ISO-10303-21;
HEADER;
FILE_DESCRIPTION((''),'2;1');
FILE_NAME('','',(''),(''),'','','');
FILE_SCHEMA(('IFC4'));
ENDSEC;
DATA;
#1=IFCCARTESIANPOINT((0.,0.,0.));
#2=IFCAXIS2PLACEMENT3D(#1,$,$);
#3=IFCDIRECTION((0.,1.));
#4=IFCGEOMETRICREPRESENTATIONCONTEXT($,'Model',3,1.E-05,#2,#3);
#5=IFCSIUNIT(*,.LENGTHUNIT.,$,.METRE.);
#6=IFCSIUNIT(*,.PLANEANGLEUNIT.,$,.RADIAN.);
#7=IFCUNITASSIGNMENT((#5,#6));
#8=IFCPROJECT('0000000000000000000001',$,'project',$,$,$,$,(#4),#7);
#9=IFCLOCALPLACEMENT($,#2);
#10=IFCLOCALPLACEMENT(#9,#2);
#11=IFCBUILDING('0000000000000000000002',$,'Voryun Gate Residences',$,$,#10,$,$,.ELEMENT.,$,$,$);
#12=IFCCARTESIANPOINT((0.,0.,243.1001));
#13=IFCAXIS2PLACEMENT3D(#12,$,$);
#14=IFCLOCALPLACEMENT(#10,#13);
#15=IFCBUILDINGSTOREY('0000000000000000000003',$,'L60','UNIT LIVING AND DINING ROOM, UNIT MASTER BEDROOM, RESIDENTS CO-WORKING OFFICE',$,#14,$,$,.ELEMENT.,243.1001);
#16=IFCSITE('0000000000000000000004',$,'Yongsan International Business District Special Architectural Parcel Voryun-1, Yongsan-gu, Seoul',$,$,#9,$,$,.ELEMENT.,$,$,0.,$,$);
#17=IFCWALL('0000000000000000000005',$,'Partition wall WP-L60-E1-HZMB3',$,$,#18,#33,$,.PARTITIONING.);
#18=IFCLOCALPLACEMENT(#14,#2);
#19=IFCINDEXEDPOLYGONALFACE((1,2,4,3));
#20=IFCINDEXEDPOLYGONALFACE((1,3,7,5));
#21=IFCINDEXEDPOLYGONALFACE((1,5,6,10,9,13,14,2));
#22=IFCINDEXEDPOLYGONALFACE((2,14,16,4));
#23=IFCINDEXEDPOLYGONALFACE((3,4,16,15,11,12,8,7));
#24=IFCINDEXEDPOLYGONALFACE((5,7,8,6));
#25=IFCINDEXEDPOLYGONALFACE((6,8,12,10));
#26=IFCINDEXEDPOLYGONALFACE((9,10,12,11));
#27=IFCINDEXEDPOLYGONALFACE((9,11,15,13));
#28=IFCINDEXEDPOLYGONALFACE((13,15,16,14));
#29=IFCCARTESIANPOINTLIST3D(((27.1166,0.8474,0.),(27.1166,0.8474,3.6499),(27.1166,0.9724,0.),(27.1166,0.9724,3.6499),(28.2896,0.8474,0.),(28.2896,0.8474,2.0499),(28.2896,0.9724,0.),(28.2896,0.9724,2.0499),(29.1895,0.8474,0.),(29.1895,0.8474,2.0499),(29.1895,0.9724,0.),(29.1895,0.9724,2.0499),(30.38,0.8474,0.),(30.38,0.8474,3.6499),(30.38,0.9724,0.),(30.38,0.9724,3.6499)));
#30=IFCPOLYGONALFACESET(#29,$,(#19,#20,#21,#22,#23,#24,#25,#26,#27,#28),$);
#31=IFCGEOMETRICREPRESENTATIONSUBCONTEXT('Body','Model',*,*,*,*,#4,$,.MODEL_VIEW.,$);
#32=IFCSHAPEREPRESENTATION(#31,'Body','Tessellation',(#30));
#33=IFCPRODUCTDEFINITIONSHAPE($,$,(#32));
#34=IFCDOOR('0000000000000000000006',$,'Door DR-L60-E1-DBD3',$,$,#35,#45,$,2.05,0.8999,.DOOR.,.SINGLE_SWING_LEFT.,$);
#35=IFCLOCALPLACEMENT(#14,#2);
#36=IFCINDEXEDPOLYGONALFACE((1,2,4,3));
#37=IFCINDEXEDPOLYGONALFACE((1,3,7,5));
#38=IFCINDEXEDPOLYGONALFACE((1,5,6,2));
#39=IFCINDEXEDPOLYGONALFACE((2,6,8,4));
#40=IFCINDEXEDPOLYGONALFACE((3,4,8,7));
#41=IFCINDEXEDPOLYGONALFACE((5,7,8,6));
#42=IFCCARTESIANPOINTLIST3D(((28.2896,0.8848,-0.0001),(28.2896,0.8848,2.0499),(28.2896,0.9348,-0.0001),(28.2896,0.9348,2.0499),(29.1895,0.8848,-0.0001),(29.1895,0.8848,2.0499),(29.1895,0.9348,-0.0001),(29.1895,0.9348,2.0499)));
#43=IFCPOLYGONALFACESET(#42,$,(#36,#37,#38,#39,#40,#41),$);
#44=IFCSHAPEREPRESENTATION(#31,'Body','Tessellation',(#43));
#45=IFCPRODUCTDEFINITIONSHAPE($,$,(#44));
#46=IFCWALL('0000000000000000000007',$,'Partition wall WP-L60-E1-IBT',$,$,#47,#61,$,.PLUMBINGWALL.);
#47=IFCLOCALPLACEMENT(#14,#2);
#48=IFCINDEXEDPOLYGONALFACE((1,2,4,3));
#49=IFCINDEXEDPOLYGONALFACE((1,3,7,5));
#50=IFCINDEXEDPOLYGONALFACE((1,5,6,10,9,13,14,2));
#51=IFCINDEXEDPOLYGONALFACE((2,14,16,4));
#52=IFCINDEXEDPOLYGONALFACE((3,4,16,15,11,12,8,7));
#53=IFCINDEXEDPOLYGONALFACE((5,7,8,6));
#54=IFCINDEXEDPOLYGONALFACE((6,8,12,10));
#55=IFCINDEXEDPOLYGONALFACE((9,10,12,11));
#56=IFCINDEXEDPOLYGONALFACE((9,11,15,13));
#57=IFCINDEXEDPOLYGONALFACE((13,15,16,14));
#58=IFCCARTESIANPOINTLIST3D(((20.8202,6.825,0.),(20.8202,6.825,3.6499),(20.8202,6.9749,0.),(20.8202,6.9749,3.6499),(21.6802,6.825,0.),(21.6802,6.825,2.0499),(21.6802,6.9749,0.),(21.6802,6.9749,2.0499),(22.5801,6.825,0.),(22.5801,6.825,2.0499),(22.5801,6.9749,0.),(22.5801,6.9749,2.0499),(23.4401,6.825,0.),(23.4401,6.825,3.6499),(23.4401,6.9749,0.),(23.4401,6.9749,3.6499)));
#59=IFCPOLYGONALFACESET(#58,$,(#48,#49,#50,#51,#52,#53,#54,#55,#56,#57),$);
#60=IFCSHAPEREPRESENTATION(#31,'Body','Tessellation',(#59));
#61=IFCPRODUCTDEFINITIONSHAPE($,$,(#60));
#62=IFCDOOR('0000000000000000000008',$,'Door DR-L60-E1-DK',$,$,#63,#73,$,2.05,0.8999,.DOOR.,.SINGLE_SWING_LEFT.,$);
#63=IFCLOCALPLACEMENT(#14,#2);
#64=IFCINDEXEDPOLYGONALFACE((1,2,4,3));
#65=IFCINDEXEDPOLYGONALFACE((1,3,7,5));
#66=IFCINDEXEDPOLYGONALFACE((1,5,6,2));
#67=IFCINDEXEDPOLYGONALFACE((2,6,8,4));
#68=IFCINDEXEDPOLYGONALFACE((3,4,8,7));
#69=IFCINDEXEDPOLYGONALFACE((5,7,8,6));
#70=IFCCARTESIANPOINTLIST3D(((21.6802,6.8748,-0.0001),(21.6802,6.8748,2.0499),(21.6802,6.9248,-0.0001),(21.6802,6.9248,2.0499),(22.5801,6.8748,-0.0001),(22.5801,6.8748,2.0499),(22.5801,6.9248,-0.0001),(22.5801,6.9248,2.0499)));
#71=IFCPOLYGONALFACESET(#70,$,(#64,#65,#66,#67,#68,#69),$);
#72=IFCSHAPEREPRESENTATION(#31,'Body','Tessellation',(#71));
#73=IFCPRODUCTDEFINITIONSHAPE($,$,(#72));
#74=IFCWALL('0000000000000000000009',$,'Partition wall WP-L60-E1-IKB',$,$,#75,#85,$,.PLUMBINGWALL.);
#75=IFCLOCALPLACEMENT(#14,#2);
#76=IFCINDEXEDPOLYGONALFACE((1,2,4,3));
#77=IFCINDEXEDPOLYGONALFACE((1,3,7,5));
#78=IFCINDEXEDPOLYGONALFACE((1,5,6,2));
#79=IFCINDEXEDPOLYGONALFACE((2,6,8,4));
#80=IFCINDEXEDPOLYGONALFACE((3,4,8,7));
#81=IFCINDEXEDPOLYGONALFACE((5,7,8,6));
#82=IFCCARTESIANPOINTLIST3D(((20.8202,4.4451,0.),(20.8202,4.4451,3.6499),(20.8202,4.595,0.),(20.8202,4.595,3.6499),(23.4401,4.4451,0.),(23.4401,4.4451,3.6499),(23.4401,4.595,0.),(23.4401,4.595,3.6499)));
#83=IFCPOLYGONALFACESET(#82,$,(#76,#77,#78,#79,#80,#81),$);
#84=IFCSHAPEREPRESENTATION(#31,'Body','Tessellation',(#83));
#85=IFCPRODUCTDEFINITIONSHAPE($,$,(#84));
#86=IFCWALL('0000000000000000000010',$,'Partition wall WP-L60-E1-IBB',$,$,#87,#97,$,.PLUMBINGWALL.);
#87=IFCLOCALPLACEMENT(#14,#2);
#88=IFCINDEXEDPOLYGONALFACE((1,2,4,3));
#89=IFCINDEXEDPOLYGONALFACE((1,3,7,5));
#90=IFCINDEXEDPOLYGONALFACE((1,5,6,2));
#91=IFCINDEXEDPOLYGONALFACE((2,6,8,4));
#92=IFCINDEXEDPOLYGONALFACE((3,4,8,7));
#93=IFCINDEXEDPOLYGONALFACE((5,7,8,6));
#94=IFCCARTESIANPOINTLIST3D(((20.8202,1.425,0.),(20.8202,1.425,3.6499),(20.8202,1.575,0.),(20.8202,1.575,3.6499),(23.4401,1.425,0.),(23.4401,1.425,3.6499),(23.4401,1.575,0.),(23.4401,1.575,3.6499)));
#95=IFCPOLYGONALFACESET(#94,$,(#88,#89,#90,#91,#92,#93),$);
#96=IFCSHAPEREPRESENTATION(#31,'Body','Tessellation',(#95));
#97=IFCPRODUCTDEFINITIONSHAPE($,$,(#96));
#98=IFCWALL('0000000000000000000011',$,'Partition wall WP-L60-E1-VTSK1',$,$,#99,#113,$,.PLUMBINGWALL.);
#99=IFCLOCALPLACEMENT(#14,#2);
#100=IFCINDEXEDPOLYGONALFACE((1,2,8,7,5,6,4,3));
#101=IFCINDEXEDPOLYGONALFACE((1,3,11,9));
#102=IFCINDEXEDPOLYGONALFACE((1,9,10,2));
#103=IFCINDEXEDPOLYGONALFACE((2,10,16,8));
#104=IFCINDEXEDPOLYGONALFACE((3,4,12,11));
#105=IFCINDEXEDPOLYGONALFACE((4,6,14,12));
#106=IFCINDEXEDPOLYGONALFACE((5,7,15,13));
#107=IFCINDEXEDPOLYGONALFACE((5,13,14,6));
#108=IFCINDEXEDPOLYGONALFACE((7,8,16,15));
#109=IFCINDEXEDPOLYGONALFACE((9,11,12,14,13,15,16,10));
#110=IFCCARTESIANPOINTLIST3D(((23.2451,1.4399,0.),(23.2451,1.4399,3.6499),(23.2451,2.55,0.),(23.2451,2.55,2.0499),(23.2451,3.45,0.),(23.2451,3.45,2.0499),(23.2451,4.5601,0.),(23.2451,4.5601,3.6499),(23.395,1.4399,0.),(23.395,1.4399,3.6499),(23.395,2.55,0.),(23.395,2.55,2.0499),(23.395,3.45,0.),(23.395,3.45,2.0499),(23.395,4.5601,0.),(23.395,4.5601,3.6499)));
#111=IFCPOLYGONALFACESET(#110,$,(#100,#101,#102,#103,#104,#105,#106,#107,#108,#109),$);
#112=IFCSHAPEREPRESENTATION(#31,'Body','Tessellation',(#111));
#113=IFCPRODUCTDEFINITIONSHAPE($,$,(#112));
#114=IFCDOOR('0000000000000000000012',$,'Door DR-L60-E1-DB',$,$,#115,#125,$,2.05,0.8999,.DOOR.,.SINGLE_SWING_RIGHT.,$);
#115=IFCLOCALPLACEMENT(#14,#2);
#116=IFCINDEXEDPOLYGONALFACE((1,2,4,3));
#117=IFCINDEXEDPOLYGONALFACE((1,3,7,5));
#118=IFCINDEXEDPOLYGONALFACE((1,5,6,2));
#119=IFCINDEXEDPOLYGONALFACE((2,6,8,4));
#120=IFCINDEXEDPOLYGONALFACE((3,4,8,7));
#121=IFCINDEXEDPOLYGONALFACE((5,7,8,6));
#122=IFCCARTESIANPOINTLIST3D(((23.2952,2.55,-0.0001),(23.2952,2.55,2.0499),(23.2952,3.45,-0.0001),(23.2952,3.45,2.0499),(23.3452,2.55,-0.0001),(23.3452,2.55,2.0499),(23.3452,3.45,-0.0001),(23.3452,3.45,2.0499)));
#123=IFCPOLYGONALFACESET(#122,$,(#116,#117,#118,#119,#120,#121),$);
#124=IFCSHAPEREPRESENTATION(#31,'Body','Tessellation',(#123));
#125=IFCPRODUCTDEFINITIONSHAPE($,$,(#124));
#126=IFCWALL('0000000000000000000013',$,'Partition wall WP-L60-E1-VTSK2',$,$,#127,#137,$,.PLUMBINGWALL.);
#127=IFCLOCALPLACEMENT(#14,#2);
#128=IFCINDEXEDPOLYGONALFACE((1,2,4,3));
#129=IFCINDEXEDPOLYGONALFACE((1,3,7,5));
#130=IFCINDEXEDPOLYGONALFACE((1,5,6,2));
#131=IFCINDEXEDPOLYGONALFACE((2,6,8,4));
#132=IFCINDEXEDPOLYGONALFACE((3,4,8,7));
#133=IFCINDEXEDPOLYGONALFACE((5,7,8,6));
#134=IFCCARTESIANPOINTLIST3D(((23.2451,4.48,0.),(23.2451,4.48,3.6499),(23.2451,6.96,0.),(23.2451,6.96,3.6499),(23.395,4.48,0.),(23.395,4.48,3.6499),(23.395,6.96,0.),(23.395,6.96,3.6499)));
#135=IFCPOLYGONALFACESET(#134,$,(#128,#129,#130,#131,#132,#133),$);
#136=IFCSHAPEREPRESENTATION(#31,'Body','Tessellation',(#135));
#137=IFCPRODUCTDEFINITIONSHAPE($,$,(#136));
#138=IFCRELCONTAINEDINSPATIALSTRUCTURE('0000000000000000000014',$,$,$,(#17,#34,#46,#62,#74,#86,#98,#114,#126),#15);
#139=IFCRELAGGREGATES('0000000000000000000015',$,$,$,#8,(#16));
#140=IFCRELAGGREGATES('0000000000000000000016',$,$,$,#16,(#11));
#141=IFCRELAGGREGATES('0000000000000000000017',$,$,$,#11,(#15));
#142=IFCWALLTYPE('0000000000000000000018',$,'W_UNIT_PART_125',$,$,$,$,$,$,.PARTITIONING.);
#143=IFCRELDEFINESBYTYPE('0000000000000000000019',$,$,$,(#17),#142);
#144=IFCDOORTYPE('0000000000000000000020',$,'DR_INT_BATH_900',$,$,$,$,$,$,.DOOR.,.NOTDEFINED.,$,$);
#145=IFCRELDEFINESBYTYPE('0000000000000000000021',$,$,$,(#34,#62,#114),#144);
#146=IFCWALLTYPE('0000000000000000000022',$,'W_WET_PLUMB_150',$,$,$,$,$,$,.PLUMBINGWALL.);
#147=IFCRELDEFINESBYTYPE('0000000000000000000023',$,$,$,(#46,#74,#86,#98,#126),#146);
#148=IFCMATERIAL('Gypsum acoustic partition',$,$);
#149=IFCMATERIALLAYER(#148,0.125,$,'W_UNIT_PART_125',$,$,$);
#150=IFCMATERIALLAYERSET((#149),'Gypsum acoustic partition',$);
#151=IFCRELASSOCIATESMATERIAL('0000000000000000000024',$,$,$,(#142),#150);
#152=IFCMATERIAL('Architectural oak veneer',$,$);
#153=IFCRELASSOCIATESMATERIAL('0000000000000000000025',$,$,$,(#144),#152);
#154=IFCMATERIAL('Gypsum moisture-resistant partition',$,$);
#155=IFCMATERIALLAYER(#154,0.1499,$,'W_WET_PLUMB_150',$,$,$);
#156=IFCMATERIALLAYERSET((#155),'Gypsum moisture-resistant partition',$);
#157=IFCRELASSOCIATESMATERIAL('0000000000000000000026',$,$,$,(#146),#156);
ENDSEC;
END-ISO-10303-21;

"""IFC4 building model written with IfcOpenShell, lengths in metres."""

from ifc_helpers import new_model, si_unit, direction, frame, frame_2d, origin, place, context, subcontext, project, spatial, rectangle, extrude, material, layer, layer_set, type_object, element, fill, save


model = new_model("IFC4")

# Units and contexts
model_context = context("Model", 3, precision=1e-05, world=origin(), true_north=direction((0.0, 1.0)))
body_context = subcontext(model_context, "Body", "Model", "MODEL_VIEW")
ifc_project = project(units=[si_unit("LENGTHUNIT", "METRE"), si_unit("PLANEANGLEUNIT", "RADIAN")], contexts=[model_context])

# Site, building, storey
site_placement = place(None, origin())
site = spatial("IfcSite", under=ifc_project, at=site_placement, Name="Yongsan International Business District Special Architectural Parcel Voryun-1, Yongsan-gu, Seoul", CompositionType="ELEMENT", RefElevation=0.0)
building_placement = place(site_placement, origin())
building = spatial("IfcBuilding", under=site, at=building_placement, Name="Voryun Gate Residences", CompositionType="ELEMENT")
storey_placement = place(building_placement, frame((0.0, 0.0, 243.1001)))
storey = spatial("IfcBuildingStorey", under=building, at=storey_placement, Name="L60", Description="UNIT LIVING AND DINING ROOM, UNIT MASTER BEDROOM, RESIDENTS CO-WORKING OFFICE", CompositionType="ELEMENT", Elevation=243.1001)

# Walls, openings, doors
ifc_material_1 = material(Name="Gypsum acoustic partition")
ifc_layer_1 = layer(ifc_material_1, 0.125, Name="W_UNIT_PART_125")
ifc_layer_set_1 = layer_set([ifc_layer_1], Name="Gypsum acoustic partition")
wall_type_1 = type_object("IfcWallType", Name="W_UNIT_PART_125", PredefinedType="PARTITIONING", material=ifc_layer_set_1)
ifc_material_2 = material(Name="Architectural oak veneer")
door_type_1 = type_object("IfcDoorType", Name="DR_INT_BATH_900", OperationType="NOTDEFINED", PredefinedType="DOOR", material=ifc_material_2)
wall_1_placement = place(storey_placement, frame((27.1165, 0.9099, 0.0), z_axis=(0.0, 0.0, 1.0), x_axis=(1.0, 0.0, 0.0)))
wall_1 = element("IfcWall", 1, at=wall_1_placement, inside=storey, type_object=wall_type_1, Name="Partition wall WP-L60-E1-HZMB3", PredefinedType="PARTITIONING", context=body_context, shape_type="SweptSolid", body=[
    extrude(rectangle(XDim=3.2634, YDim=0.125, at=frame_2d((1.6318, 0.0))), origin(), (0.0, 0.0, 1.0), 3.6499),
])
opening_1_placement = place(wall_1_placement, frame((1.1731, 0.0, 0.0)))
opening_1 = element("IfcOpeningElement", 2, at=opening_1_placement, cuts=wall_1, PredefinedType="OPENING", context=body_context, shape_type="SweptSolid", body=[
    extrude(rectangle(XDim=0.8999, YDim=2.05, at=frame_2d((0.45, 1.0249))), frame((0.0, 0.0725, 0.0), z_axis=(0.0, -1.0, 0.0), x_axis=(1.0, 0.0, 0.0)), (0.0, 0.0, 1.0), 0.145),
])
door_1_placement = place(opening_1_placement, origin())
door_1 = element("IfcDoor", 3, at=door_1_placement, inside=storey, type_object=door_type_1, Name="Door DR-L60-E1-DBD3", OperationType="SINGLE_SWING_LEFT", OverallHeight=2.05, OverallWidth=0.8999, PredefinedType="DOOR", context=body_context, shape_type="SweptSolid", body=[
    extrude(rectangle(XDim=0.8999, YDim=2.05, at=frame_2d((0.45, 1.0249))), frame((0.0, 0.0249, 0.0), z_axis=(0.0, -1.0, 0.0), x_axis=(1.0, 0.0, 0.0)), (0.0, 0.0, 1.0), 0.05),
])
fill(opening_1, door_1)
ifc_material_3 = material(Name="Gypsum moisture-resistant partition")
ifc_layer_2 = layer(ifc_material_3, 0.1499, Name="W_WET_PLUMB_150")
ifc_layer_set_2 = layer_set([ifc_layer_2], Name="Gypsum moisture-resistant partition")
wall_type_2 = type_object("IfcWallType", Name="W_WET_PLUMB_150", PredefinedType="PLUMBINGWALL", material=ifc_layer_set_2)
wall_2_placement = place(storey_placement, frame((20.8201, 6.8999, 0.0), z_axis=(0.0, 0.0, 1.0), x_axis=(1.0, 0.0, 0.0)))
wall_2 = element("IfcWall", 4, at=wall_2_placement, inside=storey, type_object=wall_type_2, Name="Partition wall WP-L60-E1-IBT", PredefinedType="PLUMBINGWALL", context=body_context, shape_type="SweptSolid", body=[
    extrude(rectangle(XDim=2.6199, YDim=0.1499, at=frame_2d((1.3101, 0.0))), origin(), (0.0, 0.0, 1.0), 3.6499),
])
opening_2_placement = place(wall_2_placement, frame((0.8601, 0.0, 0.0)))
opening_2 = element("IfcOpeningElement", 5, at=opening_2_placement, cuts=wall_2, PredefinedType="OPENING", context=body_context, shape_type="SweptSolid", body=[
    extrude(rectangle(XDim=0.8999, YDim=2.05, at=frame_2d((0.45, 1.0249))), frame((0.0, 0.085, 0.0), z_axis=(0.0, -1.0, 0.0), x_axis=(1.0, 0.0, 0.0)), (0.0, 0.0, 1.0), 0.1699),
])
door_2_placement = place(opening_2_placement, origin())
door_2 = element("IfcDoor", 6, at=door_2_placement, inside=storey, type_object=door_type_1, Name="Door DR-L60-E1-DK", OperationType="SINGLE_SWING_LEFT", OverallHeight=2.05, OverallWidth=0.8999, PredefinedType="DOOR", context=body_context, shape_type="SweptSolid", body=[
    extrude(rectangle(XDim=0.8999, YDim=2.05, at=frame_2d((0.45, 1.0249))), frame((0.0, 0.0249, 0.0), z_axis=(0.0, -1.0, 0.0), x_axis=(1.0, 0.0, 0.0)), (0.0, 0.0, 1.0), 0.05),
])
fill(opening_2, door_2)

# Walls
for number, where, z_axis, x_axis, name in (
    (7, (20.8201, 4.52, 0.0), (0.0, 0.0, 1.0), (1.0, 0.0, 0.0), "Partition wall WP-L60-E1-IKB"),
    (8, (20.8201, 1.5, 0.0), (0.0, 0.0, 1.0), (1.0, 0.0, 0.0), "Partition wall WP-L60-E1-IBB"),
):
    element("IfcWall", number, at=place(storey_placement, frame(where, z_axis=z_axis, x_axis=x_axis)), inside=storey, type_object=wall_type_2, Name=name, PredefinedType="PLUMBINGWALL", context=body_context, shape_type="SweptSolid", body=[
        extrude(rectangle(XDim=2.6199, YDim=0.1499, at=frame_2d((1.3101, 0.0))), origin(), (0.0, 0.0, 1.0), 3.6499),
    ])

# Wall, opening, door
wall_3_placement = place(storey_placement, frame((23.3201, 1.4399, 0.0), z_axis=(0.0, 0.0, 1.0), x_axis=(0.0, 1.0, 0.0)))
wall_3 = element("IfcWall", 9, at=wall_3_placement, inside=storey, type_object=wall_type_2, Name="Partition wall WP-L60-E1-VTSK1", PredefinedType="PLUMBINGWALL", context=body_context, shape_type="SweptSolid", body=[
    extrude(rectangle(XDim=3.1201, YDim=0.1499, at=frame_2d((1.5601, 0.0))), origin(), (0.0, 0.0, 1.0), 3.6499),
])
opening_3_placement = place(wall_3_placement, frame((1.1101, 0.0, 0.0)))
opening_3 = element("IfcOpeningElement", 10, at=opening_3_placement, cuts=wall_3, PredefinedType="OPENING", context=body_context, shape_type="SweptSolid", body=[
    extrude(rectangle(XDim=0.8999, YDim=2.05, at=frame_2d((0.45, 1.0249))), frame((0.0, 0.085, 0.0), z_axis=(0.0, -1.0, 0.0), x_axis=(1.0, 0.0, 0.0)), (0.0, 0.0, 1.0), 0.1699),
])
door_3_placement = place(opening_3_placement, origin())
door_3 = element("IfcDoor", 11, at=door_3_placement, inside=storey, type_object=door_type_1, Name="Door DR-L60-E1-DB", OperationType="SINGLE_SWING_RIGHT", OverallHeight=2.05, OverallWidth=0.8999, PredefinedType="DOOR", context=body_context, shape_type="SweptSolid", body=[
    extrude(rectangle(XDim=0.8999, YDim=2.05, at=frame_2d((0.45, 1.0249))), frame((0.0, 0.0249, 0.0), z_axis=(0.0, -1.0, 0.0), x_axis=(1.0, 0.0, 0.0)), (0.0, 0.0, 1.0), 0.05),
])
fill(opening_3, door_3)

# Wall
wall_4_placement = place(storey_placement, frame((23.3201, 4.48, 0.0), z_axis=(0.0, 0.0, 1.0), x_axis=(0.0, 1.0, 0.0)))
element("IfcWall", 12, at=wall_4_placement, inside=storey, type_object=wall_type_2, Name="Partition wall WP-L60-E1-VTSK2", PredefinedType="PLUMBINGWALL", context=body_context, shape_type="SweptSolid", body=[
    extrude(rectangle(XDim=2.48, YDim=0.1499, at=frame_2d((1.24, 0.0))), origin(), (0.0, 0.0, 1.0), 3.6499),
])

save(model, "model.ifc")
